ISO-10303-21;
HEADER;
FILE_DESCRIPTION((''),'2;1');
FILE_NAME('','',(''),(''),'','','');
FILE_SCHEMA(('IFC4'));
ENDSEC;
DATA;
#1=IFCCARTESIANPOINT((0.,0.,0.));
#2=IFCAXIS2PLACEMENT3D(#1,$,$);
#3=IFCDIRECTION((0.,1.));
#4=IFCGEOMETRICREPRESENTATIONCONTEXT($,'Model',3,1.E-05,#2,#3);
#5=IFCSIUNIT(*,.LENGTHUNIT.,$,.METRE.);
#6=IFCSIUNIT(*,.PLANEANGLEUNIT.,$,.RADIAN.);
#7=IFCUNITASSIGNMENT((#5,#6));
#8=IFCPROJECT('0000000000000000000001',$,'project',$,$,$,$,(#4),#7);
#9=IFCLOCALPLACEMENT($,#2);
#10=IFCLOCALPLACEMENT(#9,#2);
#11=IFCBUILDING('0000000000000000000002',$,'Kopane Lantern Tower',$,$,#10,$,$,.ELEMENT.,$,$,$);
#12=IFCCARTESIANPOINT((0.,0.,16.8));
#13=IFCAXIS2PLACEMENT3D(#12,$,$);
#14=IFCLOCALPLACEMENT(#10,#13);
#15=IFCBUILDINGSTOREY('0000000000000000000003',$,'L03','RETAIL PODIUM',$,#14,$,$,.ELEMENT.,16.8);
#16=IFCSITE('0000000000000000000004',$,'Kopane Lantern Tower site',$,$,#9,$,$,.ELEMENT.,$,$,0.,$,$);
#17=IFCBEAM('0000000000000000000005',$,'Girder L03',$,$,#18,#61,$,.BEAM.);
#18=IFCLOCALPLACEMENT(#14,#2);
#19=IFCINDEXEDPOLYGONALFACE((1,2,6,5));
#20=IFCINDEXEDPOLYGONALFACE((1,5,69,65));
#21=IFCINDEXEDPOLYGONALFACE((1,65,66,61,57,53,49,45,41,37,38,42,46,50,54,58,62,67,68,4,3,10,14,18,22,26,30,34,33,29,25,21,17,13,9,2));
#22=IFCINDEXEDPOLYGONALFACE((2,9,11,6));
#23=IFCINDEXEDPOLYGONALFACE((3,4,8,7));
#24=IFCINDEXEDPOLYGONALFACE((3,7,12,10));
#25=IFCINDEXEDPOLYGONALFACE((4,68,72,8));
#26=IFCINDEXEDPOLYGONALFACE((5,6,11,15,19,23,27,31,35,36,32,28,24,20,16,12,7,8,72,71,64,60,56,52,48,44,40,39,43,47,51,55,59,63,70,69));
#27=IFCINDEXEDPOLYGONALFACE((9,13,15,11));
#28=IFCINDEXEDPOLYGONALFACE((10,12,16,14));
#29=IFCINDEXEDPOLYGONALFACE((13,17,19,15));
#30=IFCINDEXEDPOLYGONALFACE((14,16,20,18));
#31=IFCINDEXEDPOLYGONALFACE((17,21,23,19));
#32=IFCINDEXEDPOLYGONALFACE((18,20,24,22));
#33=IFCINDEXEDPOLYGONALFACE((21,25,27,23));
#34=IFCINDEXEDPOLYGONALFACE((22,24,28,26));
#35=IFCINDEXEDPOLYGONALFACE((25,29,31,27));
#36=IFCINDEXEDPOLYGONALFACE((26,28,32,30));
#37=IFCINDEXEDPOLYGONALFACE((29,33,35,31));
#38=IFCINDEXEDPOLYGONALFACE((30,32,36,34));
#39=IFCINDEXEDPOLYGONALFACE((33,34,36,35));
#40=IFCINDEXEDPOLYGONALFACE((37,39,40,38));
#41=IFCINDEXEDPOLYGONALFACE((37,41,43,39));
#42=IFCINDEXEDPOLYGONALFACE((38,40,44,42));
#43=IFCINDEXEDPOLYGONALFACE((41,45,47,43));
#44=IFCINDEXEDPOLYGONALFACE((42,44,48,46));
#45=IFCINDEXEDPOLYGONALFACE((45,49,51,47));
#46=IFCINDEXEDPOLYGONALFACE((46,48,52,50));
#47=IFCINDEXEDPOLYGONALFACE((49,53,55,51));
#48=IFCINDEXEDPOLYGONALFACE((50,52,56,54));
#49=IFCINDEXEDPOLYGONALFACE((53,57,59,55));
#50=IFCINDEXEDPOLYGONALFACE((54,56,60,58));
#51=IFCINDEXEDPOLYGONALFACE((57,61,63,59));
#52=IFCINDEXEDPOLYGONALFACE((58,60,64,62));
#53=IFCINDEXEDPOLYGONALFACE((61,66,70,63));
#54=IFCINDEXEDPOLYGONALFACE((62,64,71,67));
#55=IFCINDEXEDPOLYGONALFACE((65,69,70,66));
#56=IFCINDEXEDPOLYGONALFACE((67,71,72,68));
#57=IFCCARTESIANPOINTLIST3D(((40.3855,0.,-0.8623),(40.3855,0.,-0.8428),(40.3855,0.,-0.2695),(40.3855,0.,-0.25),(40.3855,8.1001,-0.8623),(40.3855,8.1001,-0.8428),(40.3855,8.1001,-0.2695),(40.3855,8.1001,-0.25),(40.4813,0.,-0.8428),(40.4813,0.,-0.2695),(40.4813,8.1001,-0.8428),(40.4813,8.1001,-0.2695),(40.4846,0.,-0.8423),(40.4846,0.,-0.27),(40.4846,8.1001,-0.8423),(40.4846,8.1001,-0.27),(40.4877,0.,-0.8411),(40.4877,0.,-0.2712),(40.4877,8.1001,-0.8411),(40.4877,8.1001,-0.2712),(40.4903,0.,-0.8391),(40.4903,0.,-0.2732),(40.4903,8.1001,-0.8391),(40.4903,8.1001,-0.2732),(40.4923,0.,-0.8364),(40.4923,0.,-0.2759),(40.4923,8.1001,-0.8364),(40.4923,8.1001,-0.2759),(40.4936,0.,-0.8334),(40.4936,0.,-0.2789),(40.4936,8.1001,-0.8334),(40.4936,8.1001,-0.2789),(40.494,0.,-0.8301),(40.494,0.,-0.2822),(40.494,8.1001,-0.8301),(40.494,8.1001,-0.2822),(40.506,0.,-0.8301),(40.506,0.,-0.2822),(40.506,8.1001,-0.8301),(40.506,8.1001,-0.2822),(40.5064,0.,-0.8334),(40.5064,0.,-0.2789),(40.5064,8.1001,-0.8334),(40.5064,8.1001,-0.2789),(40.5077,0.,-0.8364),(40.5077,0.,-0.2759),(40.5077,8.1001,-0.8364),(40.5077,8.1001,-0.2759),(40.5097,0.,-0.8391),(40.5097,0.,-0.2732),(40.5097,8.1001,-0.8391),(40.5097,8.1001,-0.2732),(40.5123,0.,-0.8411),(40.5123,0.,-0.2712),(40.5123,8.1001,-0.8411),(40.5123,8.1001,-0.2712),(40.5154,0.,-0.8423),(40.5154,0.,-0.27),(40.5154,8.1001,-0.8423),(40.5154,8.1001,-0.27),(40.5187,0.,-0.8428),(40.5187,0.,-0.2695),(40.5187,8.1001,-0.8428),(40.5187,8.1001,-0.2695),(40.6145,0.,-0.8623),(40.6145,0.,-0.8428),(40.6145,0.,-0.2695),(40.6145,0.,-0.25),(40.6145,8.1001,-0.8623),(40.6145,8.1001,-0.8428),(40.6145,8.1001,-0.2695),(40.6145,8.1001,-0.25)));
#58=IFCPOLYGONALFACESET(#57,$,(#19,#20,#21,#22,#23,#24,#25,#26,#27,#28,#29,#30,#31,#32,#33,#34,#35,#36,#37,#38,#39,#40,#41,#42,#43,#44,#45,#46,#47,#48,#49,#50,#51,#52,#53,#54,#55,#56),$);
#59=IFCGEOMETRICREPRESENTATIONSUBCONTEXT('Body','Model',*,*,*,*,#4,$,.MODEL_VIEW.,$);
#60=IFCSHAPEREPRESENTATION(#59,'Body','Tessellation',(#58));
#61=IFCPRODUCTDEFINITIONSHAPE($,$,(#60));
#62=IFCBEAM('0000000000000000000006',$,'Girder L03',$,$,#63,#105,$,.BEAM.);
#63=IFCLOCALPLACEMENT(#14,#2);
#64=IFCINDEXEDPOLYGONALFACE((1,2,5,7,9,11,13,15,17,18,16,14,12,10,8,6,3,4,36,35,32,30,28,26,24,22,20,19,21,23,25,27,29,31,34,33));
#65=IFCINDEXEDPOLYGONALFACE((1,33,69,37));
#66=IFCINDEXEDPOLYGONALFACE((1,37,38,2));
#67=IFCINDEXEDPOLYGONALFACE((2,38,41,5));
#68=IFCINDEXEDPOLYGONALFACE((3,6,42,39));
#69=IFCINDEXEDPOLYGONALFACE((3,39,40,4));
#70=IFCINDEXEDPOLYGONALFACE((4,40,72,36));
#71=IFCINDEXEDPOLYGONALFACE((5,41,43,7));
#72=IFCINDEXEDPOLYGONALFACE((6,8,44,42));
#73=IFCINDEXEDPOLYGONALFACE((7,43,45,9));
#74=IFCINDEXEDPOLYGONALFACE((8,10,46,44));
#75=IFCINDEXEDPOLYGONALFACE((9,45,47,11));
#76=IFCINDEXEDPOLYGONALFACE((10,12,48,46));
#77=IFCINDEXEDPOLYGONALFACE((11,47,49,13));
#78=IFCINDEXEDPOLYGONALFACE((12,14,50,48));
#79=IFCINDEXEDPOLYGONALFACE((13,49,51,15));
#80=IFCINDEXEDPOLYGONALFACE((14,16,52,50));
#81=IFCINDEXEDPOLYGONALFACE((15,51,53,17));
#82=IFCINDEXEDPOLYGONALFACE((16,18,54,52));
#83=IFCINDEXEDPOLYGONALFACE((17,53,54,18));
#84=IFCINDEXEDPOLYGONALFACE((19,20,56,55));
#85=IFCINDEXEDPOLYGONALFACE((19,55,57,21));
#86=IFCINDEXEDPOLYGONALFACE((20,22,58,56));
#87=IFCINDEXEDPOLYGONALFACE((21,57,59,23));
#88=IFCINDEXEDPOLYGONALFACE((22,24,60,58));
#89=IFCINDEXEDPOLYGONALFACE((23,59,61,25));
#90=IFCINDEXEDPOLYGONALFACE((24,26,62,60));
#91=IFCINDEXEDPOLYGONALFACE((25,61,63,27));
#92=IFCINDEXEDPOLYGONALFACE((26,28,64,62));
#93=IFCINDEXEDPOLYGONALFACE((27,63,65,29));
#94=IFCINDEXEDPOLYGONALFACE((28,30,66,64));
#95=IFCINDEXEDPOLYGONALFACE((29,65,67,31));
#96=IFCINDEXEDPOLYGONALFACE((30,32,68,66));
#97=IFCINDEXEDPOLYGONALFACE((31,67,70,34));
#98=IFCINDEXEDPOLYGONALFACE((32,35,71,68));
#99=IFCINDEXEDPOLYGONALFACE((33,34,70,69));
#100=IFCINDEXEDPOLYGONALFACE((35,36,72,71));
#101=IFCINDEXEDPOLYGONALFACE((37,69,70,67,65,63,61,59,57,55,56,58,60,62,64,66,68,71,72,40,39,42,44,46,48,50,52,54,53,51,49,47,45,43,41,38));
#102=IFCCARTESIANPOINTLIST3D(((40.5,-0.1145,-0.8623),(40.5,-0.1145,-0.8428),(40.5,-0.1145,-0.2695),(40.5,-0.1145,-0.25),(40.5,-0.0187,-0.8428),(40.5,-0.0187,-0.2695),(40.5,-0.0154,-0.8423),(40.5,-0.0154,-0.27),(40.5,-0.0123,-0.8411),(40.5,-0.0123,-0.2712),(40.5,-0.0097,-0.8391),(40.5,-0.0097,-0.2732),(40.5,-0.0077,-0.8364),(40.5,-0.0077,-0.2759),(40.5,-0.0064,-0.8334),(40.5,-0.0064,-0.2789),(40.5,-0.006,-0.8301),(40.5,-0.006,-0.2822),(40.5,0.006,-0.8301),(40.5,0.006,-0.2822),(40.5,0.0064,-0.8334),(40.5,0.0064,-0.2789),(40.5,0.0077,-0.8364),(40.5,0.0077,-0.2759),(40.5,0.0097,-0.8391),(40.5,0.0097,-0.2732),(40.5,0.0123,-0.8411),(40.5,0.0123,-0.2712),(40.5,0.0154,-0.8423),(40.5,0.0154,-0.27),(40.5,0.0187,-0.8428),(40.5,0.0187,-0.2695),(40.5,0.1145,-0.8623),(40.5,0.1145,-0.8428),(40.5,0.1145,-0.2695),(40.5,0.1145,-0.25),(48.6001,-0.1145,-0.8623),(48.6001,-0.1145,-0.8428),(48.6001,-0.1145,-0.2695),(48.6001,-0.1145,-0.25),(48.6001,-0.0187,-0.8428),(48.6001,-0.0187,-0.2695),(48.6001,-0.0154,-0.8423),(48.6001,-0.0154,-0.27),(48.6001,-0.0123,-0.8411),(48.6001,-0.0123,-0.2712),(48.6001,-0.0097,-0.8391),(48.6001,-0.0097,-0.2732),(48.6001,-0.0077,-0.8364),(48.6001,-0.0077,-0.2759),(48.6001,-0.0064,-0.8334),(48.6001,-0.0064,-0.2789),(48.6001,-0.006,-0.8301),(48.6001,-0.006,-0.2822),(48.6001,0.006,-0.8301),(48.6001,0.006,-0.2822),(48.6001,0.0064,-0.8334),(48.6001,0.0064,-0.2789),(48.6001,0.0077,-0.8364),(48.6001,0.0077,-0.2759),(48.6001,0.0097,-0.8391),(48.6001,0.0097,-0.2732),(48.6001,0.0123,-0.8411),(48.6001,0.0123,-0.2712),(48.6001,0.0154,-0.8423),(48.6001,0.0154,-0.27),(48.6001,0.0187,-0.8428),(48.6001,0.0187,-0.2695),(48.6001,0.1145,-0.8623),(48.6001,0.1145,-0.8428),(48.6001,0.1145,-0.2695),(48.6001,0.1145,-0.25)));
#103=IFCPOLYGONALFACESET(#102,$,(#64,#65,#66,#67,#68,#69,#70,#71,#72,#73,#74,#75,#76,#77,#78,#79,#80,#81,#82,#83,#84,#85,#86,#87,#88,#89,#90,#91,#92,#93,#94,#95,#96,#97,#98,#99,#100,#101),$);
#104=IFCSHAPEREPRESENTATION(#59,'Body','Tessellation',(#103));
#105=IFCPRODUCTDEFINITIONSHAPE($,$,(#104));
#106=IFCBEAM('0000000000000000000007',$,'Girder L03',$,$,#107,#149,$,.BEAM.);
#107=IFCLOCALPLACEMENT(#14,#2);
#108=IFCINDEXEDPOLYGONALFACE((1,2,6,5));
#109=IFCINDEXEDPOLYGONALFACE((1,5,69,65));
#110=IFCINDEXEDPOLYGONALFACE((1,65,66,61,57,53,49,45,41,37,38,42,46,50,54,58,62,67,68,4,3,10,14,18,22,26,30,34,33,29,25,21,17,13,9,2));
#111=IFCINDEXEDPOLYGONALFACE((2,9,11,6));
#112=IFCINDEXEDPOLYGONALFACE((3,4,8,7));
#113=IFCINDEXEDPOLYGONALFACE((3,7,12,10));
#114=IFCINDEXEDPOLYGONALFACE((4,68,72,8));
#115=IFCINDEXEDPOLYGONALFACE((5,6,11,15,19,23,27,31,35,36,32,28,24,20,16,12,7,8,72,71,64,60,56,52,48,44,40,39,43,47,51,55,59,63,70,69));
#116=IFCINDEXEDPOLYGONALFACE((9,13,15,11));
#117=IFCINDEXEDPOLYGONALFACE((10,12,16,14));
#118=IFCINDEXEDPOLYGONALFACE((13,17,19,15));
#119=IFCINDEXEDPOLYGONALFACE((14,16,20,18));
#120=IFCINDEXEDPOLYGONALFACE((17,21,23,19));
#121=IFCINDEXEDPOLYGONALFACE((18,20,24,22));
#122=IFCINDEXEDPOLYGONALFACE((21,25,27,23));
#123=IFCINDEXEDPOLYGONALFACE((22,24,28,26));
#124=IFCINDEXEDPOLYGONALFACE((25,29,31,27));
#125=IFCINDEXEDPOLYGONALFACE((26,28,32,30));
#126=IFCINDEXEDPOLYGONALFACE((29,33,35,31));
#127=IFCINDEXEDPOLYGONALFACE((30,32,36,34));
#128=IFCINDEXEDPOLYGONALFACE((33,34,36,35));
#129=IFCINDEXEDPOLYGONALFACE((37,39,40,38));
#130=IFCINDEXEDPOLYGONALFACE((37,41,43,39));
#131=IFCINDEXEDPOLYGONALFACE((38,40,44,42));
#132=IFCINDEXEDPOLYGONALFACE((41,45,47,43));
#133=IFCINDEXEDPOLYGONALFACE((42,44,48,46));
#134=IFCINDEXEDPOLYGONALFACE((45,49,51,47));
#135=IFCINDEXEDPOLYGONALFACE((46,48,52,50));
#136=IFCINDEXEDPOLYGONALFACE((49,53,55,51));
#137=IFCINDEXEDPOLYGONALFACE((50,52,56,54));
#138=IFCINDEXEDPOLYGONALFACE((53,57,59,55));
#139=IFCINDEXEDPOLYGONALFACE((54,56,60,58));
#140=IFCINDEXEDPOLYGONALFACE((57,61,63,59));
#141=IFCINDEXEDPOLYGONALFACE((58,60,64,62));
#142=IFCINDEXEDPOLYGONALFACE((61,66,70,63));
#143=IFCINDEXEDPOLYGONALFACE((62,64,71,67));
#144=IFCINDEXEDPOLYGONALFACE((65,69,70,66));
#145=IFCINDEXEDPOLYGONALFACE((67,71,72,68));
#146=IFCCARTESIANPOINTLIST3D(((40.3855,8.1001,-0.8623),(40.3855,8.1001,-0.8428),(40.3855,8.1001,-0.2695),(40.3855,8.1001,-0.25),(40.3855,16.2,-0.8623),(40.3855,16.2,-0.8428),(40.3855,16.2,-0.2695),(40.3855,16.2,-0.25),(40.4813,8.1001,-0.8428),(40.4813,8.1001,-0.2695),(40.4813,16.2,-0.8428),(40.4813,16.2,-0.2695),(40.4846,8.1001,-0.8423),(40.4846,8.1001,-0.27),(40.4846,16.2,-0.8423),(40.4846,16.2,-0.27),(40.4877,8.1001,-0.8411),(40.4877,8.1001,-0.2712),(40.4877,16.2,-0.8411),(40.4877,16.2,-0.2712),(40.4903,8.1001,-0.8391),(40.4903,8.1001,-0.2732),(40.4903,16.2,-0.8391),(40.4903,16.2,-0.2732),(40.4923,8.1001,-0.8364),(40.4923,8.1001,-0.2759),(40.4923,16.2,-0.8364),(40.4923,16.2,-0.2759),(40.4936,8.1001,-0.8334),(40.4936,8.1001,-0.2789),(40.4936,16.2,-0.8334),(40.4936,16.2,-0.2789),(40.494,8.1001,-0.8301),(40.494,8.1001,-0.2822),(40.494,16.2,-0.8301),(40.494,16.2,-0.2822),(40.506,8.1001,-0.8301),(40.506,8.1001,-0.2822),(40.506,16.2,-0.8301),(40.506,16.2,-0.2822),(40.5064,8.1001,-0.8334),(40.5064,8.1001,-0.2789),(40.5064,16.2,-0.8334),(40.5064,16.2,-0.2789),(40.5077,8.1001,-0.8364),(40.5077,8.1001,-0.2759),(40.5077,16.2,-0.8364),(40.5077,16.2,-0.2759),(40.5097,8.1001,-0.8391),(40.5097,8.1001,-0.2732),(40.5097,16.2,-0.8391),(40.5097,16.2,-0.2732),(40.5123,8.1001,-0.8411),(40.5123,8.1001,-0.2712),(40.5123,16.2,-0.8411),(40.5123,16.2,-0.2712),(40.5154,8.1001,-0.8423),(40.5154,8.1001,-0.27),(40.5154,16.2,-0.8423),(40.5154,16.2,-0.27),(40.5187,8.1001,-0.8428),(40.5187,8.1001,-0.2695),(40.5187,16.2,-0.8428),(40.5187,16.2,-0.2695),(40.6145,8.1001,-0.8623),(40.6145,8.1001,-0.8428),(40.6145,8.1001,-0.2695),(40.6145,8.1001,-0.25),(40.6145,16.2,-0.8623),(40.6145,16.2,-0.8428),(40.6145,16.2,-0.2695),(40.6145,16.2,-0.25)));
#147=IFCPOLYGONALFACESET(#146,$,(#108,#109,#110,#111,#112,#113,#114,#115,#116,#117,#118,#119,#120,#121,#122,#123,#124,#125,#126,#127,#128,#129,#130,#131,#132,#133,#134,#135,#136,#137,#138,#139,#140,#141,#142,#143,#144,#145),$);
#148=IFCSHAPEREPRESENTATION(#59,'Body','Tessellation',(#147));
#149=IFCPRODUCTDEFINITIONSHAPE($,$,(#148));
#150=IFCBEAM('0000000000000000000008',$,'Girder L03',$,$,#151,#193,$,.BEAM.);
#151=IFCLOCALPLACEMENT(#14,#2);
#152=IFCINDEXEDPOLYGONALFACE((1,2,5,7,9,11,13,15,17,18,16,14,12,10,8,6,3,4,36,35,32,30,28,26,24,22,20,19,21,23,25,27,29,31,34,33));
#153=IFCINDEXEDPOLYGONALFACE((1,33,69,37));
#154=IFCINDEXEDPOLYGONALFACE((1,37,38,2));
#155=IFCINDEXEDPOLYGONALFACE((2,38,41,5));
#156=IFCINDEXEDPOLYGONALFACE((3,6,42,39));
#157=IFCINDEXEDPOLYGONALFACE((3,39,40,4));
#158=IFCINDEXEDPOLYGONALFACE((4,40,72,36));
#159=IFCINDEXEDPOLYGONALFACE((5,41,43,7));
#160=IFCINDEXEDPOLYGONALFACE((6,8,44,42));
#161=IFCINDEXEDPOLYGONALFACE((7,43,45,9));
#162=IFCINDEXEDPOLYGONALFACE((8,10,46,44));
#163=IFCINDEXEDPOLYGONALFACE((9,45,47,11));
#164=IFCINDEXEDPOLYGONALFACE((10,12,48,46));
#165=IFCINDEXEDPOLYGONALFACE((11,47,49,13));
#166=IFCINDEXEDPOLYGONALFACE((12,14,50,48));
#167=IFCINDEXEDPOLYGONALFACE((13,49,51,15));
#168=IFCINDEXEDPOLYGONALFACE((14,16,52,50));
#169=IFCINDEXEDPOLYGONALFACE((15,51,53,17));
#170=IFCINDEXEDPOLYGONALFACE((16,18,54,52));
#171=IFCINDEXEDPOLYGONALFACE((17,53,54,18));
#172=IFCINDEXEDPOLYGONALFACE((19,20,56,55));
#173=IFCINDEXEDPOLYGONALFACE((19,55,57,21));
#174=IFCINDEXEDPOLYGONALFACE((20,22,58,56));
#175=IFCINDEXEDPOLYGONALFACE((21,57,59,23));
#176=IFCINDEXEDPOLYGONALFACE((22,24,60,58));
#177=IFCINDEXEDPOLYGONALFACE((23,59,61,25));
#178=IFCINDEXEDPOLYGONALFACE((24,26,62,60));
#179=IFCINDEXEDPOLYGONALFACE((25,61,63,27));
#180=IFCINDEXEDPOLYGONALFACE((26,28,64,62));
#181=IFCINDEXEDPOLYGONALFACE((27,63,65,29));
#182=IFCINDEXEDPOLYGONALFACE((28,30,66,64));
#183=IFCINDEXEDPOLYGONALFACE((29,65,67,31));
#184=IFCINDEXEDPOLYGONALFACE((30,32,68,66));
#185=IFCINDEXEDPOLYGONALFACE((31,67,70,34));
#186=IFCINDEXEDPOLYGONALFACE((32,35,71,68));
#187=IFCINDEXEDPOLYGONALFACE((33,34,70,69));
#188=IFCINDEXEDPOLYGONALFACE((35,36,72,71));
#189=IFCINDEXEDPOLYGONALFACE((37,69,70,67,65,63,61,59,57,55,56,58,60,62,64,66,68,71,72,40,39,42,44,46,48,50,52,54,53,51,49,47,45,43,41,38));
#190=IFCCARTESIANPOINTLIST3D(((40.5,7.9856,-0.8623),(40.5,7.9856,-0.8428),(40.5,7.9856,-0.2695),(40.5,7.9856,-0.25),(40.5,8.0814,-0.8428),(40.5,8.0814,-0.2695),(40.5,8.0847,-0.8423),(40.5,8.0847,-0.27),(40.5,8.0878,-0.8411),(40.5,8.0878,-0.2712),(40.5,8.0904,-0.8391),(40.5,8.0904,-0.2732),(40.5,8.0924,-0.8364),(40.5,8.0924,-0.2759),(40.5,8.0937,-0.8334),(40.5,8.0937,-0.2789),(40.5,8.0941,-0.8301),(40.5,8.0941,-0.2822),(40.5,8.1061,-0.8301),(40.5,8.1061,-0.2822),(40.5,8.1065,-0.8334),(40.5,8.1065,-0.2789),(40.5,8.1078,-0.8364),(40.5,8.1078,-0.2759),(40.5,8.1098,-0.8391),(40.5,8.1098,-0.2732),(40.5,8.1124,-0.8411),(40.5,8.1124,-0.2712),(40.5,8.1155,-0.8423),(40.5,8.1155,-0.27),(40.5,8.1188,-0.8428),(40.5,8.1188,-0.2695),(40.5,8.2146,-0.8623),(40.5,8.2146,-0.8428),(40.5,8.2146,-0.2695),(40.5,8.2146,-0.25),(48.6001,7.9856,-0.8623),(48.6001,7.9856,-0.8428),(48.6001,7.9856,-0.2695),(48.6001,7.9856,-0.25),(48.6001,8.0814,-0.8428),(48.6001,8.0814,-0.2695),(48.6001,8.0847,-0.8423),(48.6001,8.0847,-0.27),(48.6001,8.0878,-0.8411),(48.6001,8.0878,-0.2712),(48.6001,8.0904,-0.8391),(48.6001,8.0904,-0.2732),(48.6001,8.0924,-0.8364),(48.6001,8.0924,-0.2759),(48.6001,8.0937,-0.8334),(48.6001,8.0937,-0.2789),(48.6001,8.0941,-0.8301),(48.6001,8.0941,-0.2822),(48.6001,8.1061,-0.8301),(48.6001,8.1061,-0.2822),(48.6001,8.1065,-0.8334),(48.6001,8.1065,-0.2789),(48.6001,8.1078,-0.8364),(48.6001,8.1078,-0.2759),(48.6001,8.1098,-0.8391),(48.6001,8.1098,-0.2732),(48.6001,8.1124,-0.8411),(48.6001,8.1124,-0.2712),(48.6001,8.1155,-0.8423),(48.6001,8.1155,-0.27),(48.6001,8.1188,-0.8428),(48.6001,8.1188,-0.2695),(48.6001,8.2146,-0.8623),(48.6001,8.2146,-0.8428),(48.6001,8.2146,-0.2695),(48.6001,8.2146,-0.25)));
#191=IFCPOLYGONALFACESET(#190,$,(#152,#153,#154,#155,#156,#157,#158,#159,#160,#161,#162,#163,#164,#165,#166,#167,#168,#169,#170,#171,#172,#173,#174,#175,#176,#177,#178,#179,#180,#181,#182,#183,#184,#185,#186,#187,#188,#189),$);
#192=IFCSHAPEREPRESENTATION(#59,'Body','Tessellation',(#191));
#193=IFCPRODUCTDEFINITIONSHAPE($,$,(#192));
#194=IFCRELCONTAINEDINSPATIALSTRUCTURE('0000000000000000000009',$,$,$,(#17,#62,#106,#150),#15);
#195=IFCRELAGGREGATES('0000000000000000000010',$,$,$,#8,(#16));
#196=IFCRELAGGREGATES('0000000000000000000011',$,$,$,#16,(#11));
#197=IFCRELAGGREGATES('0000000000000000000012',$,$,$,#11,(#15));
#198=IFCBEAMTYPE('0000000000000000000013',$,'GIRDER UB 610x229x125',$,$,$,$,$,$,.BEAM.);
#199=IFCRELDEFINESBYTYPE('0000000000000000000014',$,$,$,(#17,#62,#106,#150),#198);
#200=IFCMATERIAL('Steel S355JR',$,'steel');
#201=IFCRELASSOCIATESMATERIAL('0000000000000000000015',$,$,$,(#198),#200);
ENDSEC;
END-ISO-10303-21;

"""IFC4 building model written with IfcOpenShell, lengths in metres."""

from ifc_helpers import new_model, si_unit, direction, frame, origin, origin_2d, place, context, subcontext, project, spatial, i_section, extrude, material, material_profile, profile_set, type_object, element, save


model = new_model("IFC4")

# Units and contexts
model_context = context("Model", 3, precision=1e-05, world=origin(), true_north=direction((0.0, 1.0)))
body_context = subcontext(model_context, "Body", "Model", "MODEL_VIEW")
ifc_project = project(units=[si_unit("LENGTHUNIT", "METRE"), si_unit("PLANEANGLEUNIT", "RADIAN")], contexts=[model_context])

# Site, building, storey
site_placement = place(None, origin())
site = spatial("IfcSite", under=ifc_project, at=site_placement, Name="Kopane Lantern Tower site", CompositionType="ELEMENT", RefElevation=0.0)
building_placement = place(site_placement, origin())
building = spatial("IfcBuilding", under=site, at=building_placement, Name="Kopane Lantern Tower", CompositionType="ELEMENT")
storey_placement = place(building_placement, frame((0.0, 0.0, 16.8)))
storey = spatial("IfcBuildingStorey", under=building, at=storey_placement, Name="L03", Description="RETAIL PODIUM", CompositionType="ELEMENT", Elevation=16.8)

# Beams
ifc_material_1 = material(Name="Steel S355JR", Category="steel")
ifc_material_profile_1 = material_profile(ifc_material_1, i_section(OverallWidth=0.229, OverallDepth=0.6123, WebThickness=0.012, FlangeThickness=0.0195, FilletRadius=0.0127, at=origin_2d()), Name="UB 610x229x125")
ifc_profile_set_1 = profile_set([ifc_material_profile_1], Name="Steel S355JR")
beam_type = type_object("IfcBeamType", Name="GIRDER UB 610x229x125", PredefinedType="BEAM", material=ifc_profile_set_1)
for number, where, z_axis, x_axis, name in (
    (1, (40.5, 0.0, -0.5562), (0.0, 1.0, 0.0), (-1.0, 0.0, 0.0), "Girder L03"),
    (2, (40.5, 0.0, -0.5562), (1.0, 0.0, 0.0), (0.0, 1.0, 0.0), "Girder L03"),
):
    element("IfcBeam", number, at=place(storey_placement, frame(where, z_axis=z_axis, x_axis=x_axis)), inside=storey, type_object=beam_type, Name=name, PredefinedType="BEAM", context=body_context, shape_type="SweptSolid", body=[
        extrude(i_section(OverallWidth=0.229, OverallDepth=0.6123, WebThickness=0.012, FlangeThickness=0.0195, FilletRadius=0.0127, at=origin_2d()), origin(), (0.0, 0.0, 1.0), 8.1001),
    ])
beam_1_placement = place(storey_placement, frame((40.5, 8.1001, -0.5562), z_axis=(0.0, 1.0, 0.0), x_axis=(-1.0, 0.0, 0.0)))
element("IfcBeam", 3, at=beam_1_placement, inside=storey, type_object=beam_type, Name="Girder L03", PredefinedType="BEAM", context=body_context, shape_type="SweptSolid", body=[
    extrude(i_section(OverallWidth=0.229, OverallDepth=0.6123, WebThickness=0.012, FlangeThickness=0.0195, FilletRadius=0.0127, at=origin_2d()), origin(), (0.0, 0.0, 1.0), 8.0999),
])
for number, where, z_axis, x_axis, name in (
    (4, (40.5, 8.1001, -0.5562), (1.0, 0.0, 0.0), (0.0, 1.0, 0.0), "Girder L03"),
):
    element("IfcBeam", number, at=place(storey_placement, frame(where, z_axis=z_axis, x_axis=x_axis)), inside=storey, type_object=beam_type, Name=name, PredefinedType="BEAM", context=body_context, shape_type="SweptSolid", body=[
        extrude(i_section(OverallWidth=0.229, OverallDepth=0.6123, WebThickness=0.012, FlangeThickness=0.0195, FilletRadius=0.0127, at=origin_2d()), origin(), (0.0, 0.0, 1.0), 8.1001),
    ])

save(model, "model.ifc")
